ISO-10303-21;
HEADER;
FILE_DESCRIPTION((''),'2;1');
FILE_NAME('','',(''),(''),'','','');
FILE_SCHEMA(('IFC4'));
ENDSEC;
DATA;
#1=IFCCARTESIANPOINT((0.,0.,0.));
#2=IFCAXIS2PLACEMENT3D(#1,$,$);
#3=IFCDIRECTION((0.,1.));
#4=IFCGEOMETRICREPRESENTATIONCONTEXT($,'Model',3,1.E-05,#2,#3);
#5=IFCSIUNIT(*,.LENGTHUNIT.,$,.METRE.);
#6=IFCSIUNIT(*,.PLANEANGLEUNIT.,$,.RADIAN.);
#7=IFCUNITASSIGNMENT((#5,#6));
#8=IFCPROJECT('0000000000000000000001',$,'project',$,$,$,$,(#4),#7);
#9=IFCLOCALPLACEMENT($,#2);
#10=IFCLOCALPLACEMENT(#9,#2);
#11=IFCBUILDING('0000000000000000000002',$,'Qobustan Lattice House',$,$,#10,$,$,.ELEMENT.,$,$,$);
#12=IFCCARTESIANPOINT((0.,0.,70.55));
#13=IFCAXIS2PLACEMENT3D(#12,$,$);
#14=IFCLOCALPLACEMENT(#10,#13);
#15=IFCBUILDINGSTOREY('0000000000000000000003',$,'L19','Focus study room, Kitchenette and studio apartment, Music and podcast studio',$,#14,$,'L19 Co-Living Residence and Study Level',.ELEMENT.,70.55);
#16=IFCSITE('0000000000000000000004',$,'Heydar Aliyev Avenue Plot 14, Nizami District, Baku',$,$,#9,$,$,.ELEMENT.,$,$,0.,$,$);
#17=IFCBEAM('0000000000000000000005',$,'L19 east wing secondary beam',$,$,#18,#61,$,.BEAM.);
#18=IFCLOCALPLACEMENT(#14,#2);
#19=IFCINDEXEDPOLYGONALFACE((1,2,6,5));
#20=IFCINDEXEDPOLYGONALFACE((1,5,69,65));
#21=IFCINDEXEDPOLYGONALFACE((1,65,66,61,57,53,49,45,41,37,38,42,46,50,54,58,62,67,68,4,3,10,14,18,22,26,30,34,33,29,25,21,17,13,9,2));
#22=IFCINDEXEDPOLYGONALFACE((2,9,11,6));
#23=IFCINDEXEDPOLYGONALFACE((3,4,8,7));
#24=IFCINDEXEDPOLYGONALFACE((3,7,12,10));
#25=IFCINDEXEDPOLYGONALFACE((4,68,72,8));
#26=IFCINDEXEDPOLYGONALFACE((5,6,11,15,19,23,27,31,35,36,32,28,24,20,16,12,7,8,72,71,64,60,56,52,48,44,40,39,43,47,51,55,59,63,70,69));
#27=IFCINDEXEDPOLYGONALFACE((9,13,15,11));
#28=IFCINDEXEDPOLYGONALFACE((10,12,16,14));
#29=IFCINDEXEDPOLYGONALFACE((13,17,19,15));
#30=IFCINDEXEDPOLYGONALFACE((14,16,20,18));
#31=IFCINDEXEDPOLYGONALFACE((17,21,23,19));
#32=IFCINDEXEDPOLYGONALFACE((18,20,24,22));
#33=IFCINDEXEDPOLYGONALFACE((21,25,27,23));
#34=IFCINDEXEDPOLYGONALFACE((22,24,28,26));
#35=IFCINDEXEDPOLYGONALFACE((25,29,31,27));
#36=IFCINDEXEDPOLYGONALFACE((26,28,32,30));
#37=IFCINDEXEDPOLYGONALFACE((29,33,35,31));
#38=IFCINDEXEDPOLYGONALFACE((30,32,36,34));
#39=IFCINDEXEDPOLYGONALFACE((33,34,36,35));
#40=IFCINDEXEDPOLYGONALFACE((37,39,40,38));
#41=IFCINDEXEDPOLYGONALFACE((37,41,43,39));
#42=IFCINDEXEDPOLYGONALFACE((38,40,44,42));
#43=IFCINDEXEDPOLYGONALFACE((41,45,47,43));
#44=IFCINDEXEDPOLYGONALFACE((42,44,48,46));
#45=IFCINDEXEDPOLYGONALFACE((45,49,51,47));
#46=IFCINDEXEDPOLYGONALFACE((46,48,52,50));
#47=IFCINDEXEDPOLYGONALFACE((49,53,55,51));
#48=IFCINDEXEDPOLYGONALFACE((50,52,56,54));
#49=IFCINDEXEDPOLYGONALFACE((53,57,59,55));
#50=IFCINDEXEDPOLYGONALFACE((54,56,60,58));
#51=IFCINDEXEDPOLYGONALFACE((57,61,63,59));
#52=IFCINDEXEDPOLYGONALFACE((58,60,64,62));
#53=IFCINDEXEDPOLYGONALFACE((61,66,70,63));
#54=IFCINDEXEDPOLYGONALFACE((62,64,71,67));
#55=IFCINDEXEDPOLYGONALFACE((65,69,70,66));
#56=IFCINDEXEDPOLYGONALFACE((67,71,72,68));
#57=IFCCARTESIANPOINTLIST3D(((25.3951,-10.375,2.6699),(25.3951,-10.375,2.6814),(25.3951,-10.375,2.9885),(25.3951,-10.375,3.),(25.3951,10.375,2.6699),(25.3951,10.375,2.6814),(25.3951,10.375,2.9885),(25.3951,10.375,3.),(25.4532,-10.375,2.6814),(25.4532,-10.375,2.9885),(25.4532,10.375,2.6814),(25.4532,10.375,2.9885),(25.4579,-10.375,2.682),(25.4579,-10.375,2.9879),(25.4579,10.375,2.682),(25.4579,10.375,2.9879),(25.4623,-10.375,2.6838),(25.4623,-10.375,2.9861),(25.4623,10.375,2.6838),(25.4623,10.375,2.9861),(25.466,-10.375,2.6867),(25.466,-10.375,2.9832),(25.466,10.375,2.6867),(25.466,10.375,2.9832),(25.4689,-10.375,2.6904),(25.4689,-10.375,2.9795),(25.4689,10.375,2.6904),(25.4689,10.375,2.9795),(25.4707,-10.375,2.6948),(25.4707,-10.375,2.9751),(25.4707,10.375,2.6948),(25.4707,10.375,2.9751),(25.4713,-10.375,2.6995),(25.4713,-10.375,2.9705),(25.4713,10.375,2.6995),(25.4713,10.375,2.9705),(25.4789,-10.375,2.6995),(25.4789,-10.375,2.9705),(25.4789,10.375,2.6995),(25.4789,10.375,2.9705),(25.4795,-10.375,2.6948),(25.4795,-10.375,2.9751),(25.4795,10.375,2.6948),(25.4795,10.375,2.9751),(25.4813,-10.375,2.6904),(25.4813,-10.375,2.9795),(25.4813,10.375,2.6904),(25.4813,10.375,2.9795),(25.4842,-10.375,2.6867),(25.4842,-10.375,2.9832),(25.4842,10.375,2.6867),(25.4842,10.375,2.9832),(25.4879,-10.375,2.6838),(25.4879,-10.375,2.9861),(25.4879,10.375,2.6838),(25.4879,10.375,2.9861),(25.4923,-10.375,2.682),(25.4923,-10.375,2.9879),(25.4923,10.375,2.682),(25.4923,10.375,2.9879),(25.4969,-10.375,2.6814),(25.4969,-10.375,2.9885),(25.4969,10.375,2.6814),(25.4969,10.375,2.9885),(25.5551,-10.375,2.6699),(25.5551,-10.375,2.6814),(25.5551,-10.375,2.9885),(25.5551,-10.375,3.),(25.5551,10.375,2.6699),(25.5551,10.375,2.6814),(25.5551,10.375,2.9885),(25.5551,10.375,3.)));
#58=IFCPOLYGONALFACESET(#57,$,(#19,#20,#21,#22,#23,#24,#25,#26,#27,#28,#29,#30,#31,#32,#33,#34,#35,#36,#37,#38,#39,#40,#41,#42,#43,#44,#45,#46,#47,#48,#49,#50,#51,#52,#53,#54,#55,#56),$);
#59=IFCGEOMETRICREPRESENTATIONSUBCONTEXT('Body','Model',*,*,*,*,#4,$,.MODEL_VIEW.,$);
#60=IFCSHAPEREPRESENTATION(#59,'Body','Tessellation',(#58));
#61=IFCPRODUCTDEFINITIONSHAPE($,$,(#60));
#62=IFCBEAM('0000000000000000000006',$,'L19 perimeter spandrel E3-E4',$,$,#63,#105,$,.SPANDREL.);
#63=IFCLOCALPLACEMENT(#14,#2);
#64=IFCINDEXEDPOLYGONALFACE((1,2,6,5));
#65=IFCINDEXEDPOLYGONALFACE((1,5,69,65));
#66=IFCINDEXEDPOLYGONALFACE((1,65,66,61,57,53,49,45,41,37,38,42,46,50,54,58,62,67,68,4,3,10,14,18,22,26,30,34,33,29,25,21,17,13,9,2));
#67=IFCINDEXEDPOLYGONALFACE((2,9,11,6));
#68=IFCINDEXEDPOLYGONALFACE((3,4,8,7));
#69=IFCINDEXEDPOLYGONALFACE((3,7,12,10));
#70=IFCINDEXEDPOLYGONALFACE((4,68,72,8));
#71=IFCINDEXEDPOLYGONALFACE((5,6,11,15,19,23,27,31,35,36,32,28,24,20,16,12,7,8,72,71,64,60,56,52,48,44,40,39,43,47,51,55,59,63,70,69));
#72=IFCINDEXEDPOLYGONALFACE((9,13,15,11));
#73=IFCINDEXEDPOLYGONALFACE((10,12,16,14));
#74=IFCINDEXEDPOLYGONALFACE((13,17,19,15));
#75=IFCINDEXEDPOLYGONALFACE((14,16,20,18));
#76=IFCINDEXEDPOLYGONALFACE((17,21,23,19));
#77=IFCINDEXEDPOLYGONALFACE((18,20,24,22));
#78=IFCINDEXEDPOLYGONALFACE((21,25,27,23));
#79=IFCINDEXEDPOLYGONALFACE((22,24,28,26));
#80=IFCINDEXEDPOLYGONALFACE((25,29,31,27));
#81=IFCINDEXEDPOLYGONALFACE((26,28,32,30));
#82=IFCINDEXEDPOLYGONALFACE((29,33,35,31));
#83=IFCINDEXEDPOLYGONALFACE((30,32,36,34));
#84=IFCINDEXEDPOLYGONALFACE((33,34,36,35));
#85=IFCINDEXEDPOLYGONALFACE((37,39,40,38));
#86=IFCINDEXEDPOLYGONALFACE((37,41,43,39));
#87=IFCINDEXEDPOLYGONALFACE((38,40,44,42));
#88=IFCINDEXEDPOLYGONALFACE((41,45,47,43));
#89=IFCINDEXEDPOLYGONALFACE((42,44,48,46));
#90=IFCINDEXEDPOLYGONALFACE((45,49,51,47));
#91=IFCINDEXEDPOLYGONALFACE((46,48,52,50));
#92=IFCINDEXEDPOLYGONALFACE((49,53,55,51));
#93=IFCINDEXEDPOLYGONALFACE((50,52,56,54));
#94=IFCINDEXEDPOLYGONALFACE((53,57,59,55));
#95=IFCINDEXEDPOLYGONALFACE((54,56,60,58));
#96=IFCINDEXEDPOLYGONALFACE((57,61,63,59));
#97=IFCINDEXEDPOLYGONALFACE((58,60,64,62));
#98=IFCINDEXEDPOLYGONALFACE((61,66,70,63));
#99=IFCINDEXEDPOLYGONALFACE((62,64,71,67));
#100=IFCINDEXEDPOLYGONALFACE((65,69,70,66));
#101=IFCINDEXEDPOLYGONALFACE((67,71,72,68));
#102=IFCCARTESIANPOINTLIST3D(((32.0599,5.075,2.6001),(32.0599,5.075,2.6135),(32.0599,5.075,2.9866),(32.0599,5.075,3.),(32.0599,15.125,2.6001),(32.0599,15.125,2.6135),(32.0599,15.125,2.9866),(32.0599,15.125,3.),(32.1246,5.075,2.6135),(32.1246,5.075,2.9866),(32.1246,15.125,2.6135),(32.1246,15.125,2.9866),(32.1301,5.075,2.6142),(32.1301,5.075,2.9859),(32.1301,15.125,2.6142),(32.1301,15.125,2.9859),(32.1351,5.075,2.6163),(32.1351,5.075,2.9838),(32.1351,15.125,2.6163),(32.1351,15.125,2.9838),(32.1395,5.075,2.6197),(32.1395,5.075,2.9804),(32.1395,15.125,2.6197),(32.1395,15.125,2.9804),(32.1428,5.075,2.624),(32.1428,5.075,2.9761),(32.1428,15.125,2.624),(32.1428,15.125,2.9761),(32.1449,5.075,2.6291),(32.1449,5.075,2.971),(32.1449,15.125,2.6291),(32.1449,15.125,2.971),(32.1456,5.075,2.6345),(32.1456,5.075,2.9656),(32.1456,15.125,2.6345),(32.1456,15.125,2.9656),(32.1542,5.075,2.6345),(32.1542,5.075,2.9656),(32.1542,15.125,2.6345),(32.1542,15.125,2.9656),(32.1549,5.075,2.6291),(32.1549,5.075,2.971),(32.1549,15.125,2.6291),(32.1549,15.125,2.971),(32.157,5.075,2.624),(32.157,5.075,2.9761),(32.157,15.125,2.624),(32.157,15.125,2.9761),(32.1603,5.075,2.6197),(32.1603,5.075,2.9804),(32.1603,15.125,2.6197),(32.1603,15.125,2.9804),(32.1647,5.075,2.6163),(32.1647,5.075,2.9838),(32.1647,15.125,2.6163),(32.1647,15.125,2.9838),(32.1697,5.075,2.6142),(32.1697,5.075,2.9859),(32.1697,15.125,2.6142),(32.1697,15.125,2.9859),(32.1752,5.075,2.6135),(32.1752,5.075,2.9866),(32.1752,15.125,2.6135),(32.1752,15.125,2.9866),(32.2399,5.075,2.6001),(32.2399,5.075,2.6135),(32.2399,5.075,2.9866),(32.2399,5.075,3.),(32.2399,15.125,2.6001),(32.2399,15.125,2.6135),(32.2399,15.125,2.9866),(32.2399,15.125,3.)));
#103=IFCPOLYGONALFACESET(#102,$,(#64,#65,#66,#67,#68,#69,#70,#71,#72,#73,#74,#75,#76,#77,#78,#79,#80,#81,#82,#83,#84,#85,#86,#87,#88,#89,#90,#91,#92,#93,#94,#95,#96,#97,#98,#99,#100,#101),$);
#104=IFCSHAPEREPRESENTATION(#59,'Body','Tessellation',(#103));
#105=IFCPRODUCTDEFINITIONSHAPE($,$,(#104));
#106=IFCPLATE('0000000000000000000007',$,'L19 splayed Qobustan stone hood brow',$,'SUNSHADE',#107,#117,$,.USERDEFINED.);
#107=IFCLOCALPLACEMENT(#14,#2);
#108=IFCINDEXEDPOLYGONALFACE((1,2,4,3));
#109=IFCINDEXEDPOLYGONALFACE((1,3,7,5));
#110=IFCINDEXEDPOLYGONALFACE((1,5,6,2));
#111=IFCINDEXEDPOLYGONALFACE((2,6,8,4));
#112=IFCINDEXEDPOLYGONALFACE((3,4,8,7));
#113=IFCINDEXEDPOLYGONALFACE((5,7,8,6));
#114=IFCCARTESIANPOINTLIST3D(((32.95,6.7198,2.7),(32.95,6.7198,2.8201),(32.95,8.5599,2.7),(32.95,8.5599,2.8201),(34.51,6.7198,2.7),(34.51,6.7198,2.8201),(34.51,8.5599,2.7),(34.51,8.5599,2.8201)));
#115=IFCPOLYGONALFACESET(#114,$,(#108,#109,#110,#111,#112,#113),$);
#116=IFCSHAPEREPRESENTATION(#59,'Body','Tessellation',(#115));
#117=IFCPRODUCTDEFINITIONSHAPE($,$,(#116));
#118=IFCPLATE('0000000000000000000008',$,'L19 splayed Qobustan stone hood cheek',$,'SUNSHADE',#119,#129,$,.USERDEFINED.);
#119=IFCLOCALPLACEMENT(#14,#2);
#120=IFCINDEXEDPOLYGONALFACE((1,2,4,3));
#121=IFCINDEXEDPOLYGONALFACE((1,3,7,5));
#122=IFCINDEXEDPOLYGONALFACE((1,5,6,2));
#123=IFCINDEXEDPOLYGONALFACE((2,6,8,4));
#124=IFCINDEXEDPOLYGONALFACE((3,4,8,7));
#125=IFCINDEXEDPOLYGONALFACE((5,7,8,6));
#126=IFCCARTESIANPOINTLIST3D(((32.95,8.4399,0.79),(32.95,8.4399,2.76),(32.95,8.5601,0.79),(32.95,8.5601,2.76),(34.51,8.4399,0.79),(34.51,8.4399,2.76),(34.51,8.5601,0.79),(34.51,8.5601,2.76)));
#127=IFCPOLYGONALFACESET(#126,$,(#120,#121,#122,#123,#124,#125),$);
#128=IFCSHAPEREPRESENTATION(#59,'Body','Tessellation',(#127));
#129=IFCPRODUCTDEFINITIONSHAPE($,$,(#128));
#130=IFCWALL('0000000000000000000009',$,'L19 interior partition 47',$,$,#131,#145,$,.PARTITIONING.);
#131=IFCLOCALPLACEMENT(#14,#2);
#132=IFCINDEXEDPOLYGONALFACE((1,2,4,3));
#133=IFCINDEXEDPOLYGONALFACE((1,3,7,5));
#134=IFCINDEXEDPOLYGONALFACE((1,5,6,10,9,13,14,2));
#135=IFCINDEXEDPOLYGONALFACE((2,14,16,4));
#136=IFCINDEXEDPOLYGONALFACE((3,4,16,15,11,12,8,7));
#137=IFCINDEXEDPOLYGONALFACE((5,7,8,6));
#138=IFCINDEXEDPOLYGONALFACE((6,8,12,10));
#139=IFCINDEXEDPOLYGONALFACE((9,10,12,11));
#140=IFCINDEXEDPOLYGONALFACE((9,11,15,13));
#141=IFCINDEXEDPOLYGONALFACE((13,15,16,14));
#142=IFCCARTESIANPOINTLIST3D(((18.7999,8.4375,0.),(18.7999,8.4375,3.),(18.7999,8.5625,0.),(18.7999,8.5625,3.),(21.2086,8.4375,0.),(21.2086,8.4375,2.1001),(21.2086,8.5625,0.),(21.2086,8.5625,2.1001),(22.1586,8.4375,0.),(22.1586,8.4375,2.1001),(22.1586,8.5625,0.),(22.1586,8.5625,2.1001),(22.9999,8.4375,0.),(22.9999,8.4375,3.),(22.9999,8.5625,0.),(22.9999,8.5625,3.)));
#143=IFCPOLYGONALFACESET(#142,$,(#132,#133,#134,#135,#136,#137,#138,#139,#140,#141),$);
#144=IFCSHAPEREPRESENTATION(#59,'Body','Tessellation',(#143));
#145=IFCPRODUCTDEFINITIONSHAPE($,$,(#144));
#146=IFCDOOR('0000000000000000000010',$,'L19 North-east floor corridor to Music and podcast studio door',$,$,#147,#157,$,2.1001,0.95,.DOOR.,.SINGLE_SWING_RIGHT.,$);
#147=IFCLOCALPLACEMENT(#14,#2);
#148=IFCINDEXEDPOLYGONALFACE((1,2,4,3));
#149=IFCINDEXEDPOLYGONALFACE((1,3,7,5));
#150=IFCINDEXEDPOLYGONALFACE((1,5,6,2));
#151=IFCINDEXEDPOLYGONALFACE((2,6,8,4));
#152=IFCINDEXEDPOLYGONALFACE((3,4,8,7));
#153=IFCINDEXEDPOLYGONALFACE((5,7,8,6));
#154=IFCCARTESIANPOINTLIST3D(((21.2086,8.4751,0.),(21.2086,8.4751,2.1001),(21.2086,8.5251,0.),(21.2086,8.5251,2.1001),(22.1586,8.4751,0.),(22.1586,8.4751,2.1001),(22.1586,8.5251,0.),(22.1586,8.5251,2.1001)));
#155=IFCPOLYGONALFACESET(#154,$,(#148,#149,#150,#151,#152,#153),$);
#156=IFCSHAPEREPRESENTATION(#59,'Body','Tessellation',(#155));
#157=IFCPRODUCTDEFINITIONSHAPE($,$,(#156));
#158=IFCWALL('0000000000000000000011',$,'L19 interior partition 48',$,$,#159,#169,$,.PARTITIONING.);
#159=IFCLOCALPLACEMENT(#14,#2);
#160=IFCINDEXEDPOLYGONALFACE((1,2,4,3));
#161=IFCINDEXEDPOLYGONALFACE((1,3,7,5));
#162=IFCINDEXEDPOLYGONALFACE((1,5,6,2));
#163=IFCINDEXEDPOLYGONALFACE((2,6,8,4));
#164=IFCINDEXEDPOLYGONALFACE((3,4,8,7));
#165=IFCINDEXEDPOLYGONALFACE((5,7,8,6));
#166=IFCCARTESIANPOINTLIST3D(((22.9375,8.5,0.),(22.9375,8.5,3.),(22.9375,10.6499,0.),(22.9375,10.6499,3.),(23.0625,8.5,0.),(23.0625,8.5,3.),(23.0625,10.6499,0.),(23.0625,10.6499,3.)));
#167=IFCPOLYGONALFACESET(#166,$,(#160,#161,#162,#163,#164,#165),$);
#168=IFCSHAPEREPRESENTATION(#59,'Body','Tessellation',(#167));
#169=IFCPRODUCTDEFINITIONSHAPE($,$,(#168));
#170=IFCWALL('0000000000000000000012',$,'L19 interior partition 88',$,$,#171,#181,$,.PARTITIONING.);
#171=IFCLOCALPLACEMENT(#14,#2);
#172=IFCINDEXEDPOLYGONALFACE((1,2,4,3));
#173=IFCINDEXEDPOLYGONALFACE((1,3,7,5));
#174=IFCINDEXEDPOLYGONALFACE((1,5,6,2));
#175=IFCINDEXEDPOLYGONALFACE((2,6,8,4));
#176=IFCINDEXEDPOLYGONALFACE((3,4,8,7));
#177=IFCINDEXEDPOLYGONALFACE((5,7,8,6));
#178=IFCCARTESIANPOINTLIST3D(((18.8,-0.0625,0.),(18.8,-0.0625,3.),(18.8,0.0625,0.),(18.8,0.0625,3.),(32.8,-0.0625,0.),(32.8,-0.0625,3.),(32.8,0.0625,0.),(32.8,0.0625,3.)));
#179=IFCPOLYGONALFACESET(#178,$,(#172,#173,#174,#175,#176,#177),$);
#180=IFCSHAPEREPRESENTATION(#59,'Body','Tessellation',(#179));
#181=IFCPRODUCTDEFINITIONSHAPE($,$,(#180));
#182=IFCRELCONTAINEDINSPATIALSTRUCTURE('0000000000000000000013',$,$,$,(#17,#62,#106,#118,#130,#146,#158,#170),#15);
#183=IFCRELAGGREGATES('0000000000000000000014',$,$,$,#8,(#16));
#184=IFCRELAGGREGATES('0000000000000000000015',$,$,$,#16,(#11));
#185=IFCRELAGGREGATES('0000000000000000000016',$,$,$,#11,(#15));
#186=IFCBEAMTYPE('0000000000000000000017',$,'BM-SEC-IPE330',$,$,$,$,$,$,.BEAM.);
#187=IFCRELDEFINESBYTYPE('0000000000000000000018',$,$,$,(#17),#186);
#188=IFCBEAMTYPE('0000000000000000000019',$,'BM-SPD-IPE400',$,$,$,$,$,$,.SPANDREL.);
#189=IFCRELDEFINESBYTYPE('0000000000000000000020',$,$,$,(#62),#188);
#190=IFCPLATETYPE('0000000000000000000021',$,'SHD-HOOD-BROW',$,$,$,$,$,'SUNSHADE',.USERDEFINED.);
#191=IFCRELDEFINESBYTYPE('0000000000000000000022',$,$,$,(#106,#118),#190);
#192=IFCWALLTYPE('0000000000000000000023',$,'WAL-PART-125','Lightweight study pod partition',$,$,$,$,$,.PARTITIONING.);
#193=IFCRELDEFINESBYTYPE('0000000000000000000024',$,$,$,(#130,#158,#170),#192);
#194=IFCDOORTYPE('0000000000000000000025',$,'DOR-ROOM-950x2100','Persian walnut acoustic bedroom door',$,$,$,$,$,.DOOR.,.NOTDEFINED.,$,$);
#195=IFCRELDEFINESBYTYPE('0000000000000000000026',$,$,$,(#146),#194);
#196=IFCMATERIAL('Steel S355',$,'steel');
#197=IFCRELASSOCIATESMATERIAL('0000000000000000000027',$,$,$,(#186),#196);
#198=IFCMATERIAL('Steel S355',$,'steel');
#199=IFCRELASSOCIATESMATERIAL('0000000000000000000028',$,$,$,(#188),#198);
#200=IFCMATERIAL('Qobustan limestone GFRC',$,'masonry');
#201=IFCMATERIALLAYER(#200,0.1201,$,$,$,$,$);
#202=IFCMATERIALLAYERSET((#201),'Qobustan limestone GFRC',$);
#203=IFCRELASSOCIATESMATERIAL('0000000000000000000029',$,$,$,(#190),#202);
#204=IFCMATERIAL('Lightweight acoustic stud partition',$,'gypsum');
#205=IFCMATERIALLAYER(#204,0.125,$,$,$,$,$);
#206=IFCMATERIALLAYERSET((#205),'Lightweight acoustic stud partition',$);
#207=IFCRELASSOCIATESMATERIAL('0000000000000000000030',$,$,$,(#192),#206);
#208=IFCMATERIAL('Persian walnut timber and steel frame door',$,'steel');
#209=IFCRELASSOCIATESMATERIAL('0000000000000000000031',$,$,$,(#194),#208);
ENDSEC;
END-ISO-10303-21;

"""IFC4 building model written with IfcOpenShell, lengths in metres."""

from ifc_helpers import new_model, si_unit, direction, frame, frame_2d, origin, origin_2d, place, context, subcontext, project, spatial, rectangle, i_section, extrude, material, layer, layer_set, material_profile, profile_set, type_object, element, fill, save


model = new_model("IFC4")

# Units and contexts
model_context = context("Model", 3, precision=1e-05, world=origin(), true_north=direction((0.0, 1.0)))
body_context = subcontext(model_context, "Body", "Model", "MODEL_VIEW")
ifc_project = project(units=[si_unit("LENGTHUNIT", "METRE"), si_unit("PLANEANGLEUNIT", "RADIAN")], contexts=[model_context])

# Site, building, storey
site_placement = place(None, origin())
site = spatial("IfcSite", under=ifc_project, at=site_placement, Name="Heydar Aliyev Avenue Plot 14, Nizami District, Baku", CompositionType="ELEMENT", RefElevation=0.0)
building_placement = place(site_placement, origin())
building = spatial("IfcBuilding", under=site, at=building_placement, Name="Qobustan Lattice House", CompositionType="ELEMENT")
storey_placement = place(building_placement, frame((0.0, 0.0, 70.55)))
storey = spatial("IfcBuildingStorey", under=building, at=storey_placement, Name="L19", Description="Focus study room, Kitchenette and studio apartment, Music and podcast studio", LongName="L19 Co-Living Residence and Study Level", CompositionType="ELEMENT", Elevation=70.55)

# Beams
ifc_material_1 = material(Name="Steel S355", Category="steel")
ifc_material_profile_1 = material_profile(ifc_material_1, i_section(OverallWidth=0.1599, OverallDepth=0.3301, WebThickness=0.0076, FlangeThickness=0.0115, FilletRadius=0.0181, at=origin_2d()), Name="IPE330")
ifc_profile_set_1 = profile_set([ifc_material_profile_1], Name="Steel S355")
beam_type_1 = type_object("IfcBeamType", Name="BM-SEC-IPE330", PredefinedType="BEAM", material=ifc_profile_set_1)
beam_1_placement = place(storey_placement, frame((25.4751, 10.375, 2.835), z_axis=(0.0, -1.0, 0.0), x_axis=(1.0, 0.0, 0.0)))
element("IfcBeam", 1, at=beam_1_placement, inside=storey, type_object=beam_type_1, Name="L19 east wing secondary beam", PredefinedType="BEAM", context=body_context, shape_type="SweptSolid", body=[
    extrude(i_section(OverallWidth=0.1599, OverallDepth=0.3301, WebThickness=0.0076, FlangeThickness=0.0115, FilletRadius=0.0181, at=origin_2d()), origin(), (0.0, 0.0, 1.0), 20.75),
])
ifc_material_2 = material(Name="Steel S355", Category="steel")
ifc_material_profile_2 = material_profile(ifc_material_2, i_section(OverallWidth=0.1799, OverallDepth=0.3999, WebThickness=0.0085, FlangeThickness=0.0134, FilletRadius=0.021, at=origin_2d()), Name="IPE400")
ifc_profile_set_2 = profile_set([ifc_material_profile_2], Name="Steel S355")
beam_type_2 = type_object("IfcBeamType", Name="BM-SPD-IPE400", PredefinedType="SPANDREL", material=ifc_profile_set_2)
beam_2_placement = place(storey_placement, frame((32.1499, 5.075, 2.8), z_axis=(0.0, 1.0, 0.0), x_axis=(-1.0, 0.0, 0.0)))
element("IfcBeam", 2, at=beam_2_placement, inside=storey, type_object=beam_type_2, Name="L19 perimeter spandrel E3-E4", PredefinedType="SPANDREL", context=body_context, shape_type="SweptSolid", body=[
    extrude(i_section(OverallWidth=0.1799, OverallDepth=0.3999, WebThickness=0.0085, FlangeThickness=0.0134, FilletRadius=0.021, at=origin_2d()), origin(), (0.0, 0.0, 1.0), 10.05),
])

# Plates
ifc_material_3 = material(Name="Qobustan limestone GFRC", Category="masonry")
ifc_layer_1 = layer(ifc_material_3, 0.1201)
ifc_layer_set_1 = layer_set([ifc_layer_1], Name="Qobustan limestone GFRC")
plate_type = type_object("IfcPlateType", Name="SHD-HOOD-BROW", ElementType="SUNSHADE", PredefinedType="USERDEFINED", material=ifc_layer_set_1)
plate_1_placement = place(storey_placement, frame((33.73, 7.6399, 2.7), z_axis=(0.0, 0.0, 1.0), x_axis=(0.0, -1.0, 0.0)))
element("IfcPlate", 3, at=plate_1_placement, inside=storey, type_object=plate_type, Name="L19 splayed Qobustan stone hood brow", ObjectType="SUNSHADE", PredefinedType="USERDEFINED", context=body_context, shape_type="SweptSolid", body=[
    extrude(rectangle(XDim=1.8401, YDim=1.5601, at=origin_2d()), origin(), (0.0, 0.0, 1.0), 0.1201),
])
plate_2_placement = place(storey_placement, frame((33.73, 8.5, 0.79), z_axis=(0.0, 0.0, 1.0), x_axis=(0.0, -1.0, 0.0)))
element("IfcPlate", 4, at=plate_2_placement, inside=storey, type_object=plate_type, Name="L19 splayed Qobustan stone hood cheek", ObjectType="SUNSHADE", PredefinedType="USERDEFINED", context=body_context, shape_type="SweptSolid", body=[
    extrude(rectangle(XDim=0.1201, YDim=1.5601, at=origin_2d()), origin(), (0.0, 0.0, 1.0), 1.97),
])

# Wall, opening, door
ifc_material_4 = material(Name="Lightweight acoustic stud partition", Category="gypsum")
ifc_layer_2 = layer(ifc_material_4, 0.125)
ifc_layer_set_2 = layer_set([ifc_layer_2], Name="Lightweight acoustic stud partition")
wall_type_1 = type_object("IfcWallType", Name="WAL-PART-125", Description="Lightweight study pod partition", PredefinedType="PARTITIONING", material=ifc_layer_set_2)
wall_1_placement = place(storey_placement, frame((23.0, 8.5, 0.0), z_axis=(0.0, 0.0, 1.0), x_axis=(-1.0, 0.0, 0.0)))
wall_1 = element("IfcWall", 5, at=wall_1_placement, inside=storey, type_object=wall_type_1, Name="L19 interior partition 47", PredefinedType="PARTITIONING", context=body_context, shape_type="SweptSolid", body=[
    extrude(rectangle(XDim=4.2, YDim=0.125, at=frame_2d((2.1001, 0.0))), origin(), (0.0, 0.0, 1.0), 3.0),
])
opening_1_placement = place(wall_1_placement, frame((0.8413, 0.0, 0.0)))
opening_1 = element("IfcOpeningElement", 6, at=opening_1_placement, cuts=wall_1, PredefinedType="OPENING", context=body_context, shape_type="SweptSolid", body=[
    extrude(rectangle(XDim=0.95, YDim=2.1001, at=frame_2d((0.4751, 1.05))), frame((0.0, 0.0725, 0.0), z_axis=(0.0, -1.0, 0.0), x_axis=(1.0, 0.0, 0.0)), (0.0, 0.0, 1.0), 0.145),
])
ifc_material_5 = material(Name="Persian walnut timber and steel frame door", Category="steel")
door_type_1 = type_object("IfcDoorType", Name="DOR-ROOM-950x2100", Description="Persian walnut acoustic bedroom door", OperationType="NOTDEFINED", PredefinedType="DOOR", material=ifc_material_5)
door_1_placement = place(opening_1_placement, origin())
door_1 = element("IfcDoor", 7, at=door_1_placement, inside=storey, type_object=door_type_1, Name="L19 North-east floor corridor to Music and podcast studio door", OperationType="SINGLE_SWING_RIGHT", OverallHeight=2.1001, OverallWidth=0.95, PredefinedType="DOOR", context=body_context, shape_type="SweptSolid", body=[
    extrude(rectangle(XDim=0.95, YDim=2.1001, at=frame_2d((0.4751, 1.05))), frame((0.0, 0.0249, 0.0), z_axis=(0.0, -1.0, 0.0), x_axis=(1.0, 0.0, 0.0)), (0.0, 0.0, 1.0), 0.05),
])
fill(opening_1, door_1)

# Walls
wall_2_placement = place(storey_placement, frame((23.0, 10.6499, 0.0), z_axis=(0.0, 0.0, 1.0), x_axis=(0.0, -1.0, 0.0)))
element("IfcWall", 8, at=wall_2_placement, inside=storey, type_object=wall_type_1, Name="L19 interior partition 48", PredefinedType="PARTITIONING", context=body_context, shape_type="SweptSolid", body=[
    extrude(rectangle(XDim=2.1499, YDim=0.125, at=frame_2d((1.075, 0.0))), origin(), (0.0, 0.0, 1.0), 3.0),
])
wall_3_placement = place(storey_placement, frame((18.8, 0.0, 0.0), z_axis=(0.0, 0.0, 1.0), x_axis=(1.0, 0.0, 0.0)))
element("IfcWall", 9, at=wall_3_placement, inside=storey, type_object=wall_type_1, Name="L19 interior partition 88", PredefinedType="PARTITIONING", context=body_context, shape_type="SweptSolid", body=[
    extrude(rectangle(XDim=14.0, YDim=0.125, at=frame_2d((7.0, 0.0))), origin(), (0.0, 0.0, 1.0), 3.0),
])

save(model, "model.ifc")
